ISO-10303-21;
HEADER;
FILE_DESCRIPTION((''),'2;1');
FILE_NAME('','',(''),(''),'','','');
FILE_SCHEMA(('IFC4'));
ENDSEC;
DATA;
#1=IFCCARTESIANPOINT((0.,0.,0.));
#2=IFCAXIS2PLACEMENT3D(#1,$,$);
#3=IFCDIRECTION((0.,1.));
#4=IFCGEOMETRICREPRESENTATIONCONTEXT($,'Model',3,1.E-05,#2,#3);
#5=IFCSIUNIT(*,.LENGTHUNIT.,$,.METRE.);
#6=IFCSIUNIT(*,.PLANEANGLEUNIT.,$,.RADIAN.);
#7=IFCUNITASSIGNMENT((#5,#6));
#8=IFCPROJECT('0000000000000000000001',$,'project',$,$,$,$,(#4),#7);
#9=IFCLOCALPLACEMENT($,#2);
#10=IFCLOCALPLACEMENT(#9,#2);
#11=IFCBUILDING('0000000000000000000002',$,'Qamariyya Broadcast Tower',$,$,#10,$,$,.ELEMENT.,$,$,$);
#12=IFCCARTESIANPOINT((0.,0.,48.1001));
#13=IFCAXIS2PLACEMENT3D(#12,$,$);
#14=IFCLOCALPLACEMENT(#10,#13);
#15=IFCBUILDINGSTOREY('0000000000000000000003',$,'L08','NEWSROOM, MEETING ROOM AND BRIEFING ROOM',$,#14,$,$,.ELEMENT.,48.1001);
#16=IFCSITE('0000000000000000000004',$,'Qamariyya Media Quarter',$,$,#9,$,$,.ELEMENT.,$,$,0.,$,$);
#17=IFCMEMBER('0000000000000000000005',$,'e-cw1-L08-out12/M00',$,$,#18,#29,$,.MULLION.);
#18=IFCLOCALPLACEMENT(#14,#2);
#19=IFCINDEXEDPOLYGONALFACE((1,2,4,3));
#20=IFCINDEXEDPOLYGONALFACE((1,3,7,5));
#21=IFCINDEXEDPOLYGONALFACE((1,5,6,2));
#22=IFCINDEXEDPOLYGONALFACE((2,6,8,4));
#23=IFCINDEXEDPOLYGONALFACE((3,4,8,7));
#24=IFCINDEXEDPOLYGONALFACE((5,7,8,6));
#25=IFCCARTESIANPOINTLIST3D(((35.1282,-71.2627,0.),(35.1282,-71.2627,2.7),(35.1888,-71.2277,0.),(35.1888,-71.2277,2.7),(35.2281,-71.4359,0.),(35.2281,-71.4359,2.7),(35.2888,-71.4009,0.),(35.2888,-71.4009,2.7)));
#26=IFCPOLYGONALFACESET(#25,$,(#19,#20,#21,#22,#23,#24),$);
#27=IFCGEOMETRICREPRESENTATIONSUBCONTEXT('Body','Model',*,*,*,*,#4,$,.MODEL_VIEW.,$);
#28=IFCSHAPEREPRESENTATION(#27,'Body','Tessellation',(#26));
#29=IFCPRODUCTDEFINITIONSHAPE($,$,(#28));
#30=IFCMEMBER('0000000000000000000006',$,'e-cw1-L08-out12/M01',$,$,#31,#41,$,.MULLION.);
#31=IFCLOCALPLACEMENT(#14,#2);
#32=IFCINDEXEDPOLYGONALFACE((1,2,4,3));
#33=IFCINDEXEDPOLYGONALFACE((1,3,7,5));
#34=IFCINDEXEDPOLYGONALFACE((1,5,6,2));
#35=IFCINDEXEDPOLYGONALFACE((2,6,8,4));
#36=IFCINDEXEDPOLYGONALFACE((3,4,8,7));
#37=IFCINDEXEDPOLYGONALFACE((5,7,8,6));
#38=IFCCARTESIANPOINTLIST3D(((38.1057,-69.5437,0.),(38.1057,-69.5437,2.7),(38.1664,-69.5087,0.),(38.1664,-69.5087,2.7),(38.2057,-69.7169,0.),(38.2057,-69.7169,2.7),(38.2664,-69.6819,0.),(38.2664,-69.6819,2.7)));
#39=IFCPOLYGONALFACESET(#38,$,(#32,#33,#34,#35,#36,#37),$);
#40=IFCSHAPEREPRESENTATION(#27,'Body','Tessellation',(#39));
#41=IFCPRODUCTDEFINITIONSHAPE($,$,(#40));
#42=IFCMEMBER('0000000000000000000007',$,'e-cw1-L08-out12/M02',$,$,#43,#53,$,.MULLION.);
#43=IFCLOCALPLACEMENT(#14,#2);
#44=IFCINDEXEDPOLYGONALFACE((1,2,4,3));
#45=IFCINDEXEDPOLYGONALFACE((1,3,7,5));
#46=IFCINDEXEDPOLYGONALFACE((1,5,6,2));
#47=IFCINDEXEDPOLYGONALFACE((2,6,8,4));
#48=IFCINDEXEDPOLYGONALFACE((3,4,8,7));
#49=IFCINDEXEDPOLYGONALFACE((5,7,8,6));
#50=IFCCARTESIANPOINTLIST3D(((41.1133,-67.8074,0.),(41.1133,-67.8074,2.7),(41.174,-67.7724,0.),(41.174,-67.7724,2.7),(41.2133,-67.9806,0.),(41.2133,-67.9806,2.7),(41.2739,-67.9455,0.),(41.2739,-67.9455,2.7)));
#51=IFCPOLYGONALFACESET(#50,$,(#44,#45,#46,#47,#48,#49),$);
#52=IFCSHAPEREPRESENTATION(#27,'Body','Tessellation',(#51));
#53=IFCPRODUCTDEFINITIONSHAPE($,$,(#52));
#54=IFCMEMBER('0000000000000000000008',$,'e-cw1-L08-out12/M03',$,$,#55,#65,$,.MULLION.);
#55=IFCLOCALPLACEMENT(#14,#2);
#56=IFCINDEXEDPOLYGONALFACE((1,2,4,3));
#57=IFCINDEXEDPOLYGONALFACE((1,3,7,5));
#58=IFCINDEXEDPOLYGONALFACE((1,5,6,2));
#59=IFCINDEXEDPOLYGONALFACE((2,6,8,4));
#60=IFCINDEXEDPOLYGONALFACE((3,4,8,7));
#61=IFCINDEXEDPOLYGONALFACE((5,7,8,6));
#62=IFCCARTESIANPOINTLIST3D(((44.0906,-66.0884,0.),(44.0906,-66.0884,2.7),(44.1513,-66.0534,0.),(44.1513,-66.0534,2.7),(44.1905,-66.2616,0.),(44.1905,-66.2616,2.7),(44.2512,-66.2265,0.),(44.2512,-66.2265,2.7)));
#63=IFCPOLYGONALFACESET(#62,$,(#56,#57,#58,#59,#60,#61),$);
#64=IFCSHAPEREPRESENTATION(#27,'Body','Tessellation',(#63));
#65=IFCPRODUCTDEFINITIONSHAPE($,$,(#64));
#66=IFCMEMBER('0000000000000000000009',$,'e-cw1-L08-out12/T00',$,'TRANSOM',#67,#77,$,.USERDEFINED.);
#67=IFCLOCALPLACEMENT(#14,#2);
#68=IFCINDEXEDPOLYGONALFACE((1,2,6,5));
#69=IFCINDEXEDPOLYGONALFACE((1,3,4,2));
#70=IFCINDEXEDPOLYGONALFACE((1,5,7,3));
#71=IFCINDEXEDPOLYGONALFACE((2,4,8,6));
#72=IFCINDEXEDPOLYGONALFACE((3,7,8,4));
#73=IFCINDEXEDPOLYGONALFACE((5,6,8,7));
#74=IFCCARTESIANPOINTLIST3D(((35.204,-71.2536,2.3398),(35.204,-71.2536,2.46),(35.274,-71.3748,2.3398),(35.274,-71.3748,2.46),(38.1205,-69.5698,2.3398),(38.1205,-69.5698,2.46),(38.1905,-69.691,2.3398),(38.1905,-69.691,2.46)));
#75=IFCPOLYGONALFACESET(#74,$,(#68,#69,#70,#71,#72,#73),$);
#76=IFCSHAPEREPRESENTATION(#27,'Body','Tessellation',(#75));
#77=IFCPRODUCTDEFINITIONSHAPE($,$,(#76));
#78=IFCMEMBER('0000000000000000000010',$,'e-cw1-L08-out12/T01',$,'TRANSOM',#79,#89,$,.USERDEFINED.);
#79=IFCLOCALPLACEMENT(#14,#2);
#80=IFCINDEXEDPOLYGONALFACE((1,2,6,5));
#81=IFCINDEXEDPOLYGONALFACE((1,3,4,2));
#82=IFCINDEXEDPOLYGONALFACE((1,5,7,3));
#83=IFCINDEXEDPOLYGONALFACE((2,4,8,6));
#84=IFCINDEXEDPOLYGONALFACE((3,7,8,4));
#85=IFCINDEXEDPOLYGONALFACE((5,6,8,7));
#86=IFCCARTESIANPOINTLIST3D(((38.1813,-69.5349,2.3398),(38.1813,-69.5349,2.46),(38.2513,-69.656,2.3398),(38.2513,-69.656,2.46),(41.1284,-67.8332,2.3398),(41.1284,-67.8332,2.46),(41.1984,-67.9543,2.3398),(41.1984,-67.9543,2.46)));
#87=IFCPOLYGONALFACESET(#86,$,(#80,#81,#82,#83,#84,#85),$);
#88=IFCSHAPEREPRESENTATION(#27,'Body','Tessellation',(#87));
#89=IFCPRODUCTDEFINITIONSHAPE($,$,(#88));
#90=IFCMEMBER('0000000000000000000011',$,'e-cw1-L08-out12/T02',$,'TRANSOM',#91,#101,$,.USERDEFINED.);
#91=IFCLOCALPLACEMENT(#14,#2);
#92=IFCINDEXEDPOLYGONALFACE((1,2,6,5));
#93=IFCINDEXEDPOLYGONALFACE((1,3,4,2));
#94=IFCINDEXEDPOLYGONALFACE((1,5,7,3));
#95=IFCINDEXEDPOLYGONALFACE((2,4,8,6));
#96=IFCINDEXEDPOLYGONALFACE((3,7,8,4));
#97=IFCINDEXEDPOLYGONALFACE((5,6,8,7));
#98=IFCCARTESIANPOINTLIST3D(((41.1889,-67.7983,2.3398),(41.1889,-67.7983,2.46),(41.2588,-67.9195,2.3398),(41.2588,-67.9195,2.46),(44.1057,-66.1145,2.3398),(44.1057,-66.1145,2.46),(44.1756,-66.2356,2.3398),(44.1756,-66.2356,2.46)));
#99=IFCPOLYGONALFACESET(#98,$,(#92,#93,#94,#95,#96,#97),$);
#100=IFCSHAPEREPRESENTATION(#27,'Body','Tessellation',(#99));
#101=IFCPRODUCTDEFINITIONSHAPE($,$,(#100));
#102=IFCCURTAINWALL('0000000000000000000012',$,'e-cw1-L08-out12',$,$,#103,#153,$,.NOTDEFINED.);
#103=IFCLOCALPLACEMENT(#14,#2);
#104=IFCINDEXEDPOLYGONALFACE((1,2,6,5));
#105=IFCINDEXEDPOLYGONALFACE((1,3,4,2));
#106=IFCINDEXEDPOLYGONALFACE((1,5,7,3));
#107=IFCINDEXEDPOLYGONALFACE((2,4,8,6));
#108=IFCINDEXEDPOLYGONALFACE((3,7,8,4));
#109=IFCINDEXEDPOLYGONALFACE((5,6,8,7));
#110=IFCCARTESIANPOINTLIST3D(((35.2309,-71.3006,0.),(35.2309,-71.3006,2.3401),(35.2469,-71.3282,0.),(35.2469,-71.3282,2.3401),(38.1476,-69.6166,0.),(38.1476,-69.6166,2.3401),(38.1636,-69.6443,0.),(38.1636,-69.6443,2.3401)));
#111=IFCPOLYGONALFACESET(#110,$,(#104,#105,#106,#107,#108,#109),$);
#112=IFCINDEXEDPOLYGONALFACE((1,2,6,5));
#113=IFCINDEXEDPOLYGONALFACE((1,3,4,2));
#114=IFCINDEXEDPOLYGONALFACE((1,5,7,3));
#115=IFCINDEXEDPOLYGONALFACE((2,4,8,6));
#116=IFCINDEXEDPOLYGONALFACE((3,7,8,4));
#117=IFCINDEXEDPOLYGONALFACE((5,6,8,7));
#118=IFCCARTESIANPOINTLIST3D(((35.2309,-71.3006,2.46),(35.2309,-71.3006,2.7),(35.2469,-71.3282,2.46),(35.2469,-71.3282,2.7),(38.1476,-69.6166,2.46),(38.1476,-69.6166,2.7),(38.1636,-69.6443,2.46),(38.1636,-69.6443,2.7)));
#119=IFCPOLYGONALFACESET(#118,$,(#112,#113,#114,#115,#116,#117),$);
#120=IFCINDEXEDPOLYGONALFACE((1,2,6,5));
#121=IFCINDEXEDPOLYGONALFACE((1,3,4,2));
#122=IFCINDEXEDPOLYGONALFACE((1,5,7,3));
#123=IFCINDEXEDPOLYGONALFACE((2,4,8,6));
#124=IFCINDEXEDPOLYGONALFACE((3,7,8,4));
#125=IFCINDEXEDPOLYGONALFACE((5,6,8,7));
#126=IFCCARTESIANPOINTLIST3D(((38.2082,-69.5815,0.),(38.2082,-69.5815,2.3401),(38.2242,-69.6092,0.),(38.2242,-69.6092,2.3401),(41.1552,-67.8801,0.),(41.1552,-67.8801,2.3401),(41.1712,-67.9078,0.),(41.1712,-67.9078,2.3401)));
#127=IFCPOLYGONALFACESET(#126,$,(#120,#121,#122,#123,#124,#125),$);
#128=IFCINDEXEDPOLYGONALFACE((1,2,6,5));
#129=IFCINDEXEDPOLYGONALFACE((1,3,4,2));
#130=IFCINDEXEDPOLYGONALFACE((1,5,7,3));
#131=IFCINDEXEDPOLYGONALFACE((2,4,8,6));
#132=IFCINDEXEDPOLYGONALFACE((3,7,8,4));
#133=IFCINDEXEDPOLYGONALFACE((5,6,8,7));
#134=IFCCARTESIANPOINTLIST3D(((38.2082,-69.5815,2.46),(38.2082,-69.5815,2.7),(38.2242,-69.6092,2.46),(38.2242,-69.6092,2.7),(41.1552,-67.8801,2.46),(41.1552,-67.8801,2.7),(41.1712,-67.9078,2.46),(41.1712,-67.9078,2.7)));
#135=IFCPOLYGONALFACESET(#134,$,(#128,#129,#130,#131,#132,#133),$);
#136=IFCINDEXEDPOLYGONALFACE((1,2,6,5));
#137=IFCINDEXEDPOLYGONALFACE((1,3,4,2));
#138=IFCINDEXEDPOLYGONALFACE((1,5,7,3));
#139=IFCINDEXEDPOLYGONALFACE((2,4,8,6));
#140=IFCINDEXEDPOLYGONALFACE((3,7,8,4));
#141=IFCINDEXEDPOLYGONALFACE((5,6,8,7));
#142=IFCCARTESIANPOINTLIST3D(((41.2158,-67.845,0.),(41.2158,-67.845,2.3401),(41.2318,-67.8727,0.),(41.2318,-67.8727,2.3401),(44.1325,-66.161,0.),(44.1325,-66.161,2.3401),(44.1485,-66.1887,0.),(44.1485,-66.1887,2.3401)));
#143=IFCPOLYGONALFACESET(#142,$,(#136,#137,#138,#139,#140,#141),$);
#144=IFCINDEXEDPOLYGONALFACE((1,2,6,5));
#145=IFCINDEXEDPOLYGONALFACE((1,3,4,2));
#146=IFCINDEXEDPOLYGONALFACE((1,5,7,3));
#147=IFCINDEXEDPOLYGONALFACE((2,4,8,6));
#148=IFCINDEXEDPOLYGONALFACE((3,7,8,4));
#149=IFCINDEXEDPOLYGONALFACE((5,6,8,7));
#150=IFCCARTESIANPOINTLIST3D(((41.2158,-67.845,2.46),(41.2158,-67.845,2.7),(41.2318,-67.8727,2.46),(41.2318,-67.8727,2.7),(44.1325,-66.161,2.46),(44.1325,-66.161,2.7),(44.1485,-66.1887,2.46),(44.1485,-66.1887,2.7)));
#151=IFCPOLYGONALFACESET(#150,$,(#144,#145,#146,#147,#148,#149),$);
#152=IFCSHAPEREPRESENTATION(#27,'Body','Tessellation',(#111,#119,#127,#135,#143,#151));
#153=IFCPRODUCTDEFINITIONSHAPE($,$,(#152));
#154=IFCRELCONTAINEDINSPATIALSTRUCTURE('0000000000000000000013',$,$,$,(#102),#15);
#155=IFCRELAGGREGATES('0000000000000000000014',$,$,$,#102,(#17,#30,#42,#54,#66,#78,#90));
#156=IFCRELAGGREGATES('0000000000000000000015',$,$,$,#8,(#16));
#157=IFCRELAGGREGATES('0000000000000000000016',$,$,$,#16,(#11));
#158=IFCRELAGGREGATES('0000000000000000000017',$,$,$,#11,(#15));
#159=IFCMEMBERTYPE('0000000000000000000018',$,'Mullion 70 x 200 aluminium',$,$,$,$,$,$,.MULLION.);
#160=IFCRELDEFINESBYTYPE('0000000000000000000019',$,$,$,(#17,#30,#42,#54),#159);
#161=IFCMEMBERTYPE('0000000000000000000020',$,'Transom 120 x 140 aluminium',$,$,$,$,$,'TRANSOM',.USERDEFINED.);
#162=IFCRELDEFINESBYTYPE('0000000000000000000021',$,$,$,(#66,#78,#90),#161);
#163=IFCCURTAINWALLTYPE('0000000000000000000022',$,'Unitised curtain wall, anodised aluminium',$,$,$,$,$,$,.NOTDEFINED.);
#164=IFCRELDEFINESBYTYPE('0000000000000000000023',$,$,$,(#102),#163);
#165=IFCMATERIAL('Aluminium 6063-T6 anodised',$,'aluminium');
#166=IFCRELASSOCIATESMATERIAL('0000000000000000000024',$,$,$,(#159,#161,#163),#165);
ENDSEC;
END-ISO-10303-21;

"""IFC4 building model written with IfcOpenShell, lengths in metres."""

from ifc_helpers import new_model, si_unit, direction, frame, origin, origin_2d, place, context, subcontext, project, spatial, rectangle, extrude, material, material_profile, profile_set, type_object, element, aggregate, save


model = new_model("IFC4")

# Units and contexts
model_context = context("Model", 3, precision=1e-05, world=origin(), true_north=direction((0.0, 1.0)))
body_context = subcontext(model_context, "Body", "Model", "MODEL_VIEW")
ifc_project = project(units=[si_unit("LENGTHUNIT", "METRE"), si_unit("PLANEANGLEUNIT", "RADIAN")], contexts=[model_context])

# Members
ifc_material = material(Name="Aluminium 6063-T6 anodised", Category="aluminium")
ifc_material_profile_1 = material_profile(ifc_material, rectangle(XDim=0.2, YDim=0.0701, at=origin_2d()))
ifc_profile_set_1 = profile_set([ifc_material_profile_1], Name="Aluminium 6063-T6 anodised")
member_type_1 = type_object("IfcMemberType", Name="Mullion 70 x 200 aluminium", PredefinedType="MULLION", material=ifc_profile_set_1)
site_placement = place(None, origin())
building_placement = place(site_placement, origin())
storey_placement = place(building_placement, frame((0.0, 0.0, 48.1001)))
member_1_placement = place(storey_placement, frame((35.2085, -71.3318, 0.0), z_axis=(0.0, 0.0, 1.0), x_axis=(-0.5, 0.866025, 0.0)))
member_1 = element("IfcMember", 1, at=member_1_placement, type_object=member_type_1, Name="e-cw1-L08-out12/M00", PredefinedType="MULLION", context=body_context, shape_type="SweptSolid", body=[
    extrude(rectangle(XDim=0.2, YDim=0.0701, at=origin_2d()), origin(), (0.0, 0.0, 1.0), 2.7),
])
member_2_placement = place(storey_placement, frame((38.186, -69.6128, 0.0), z_axis=(0.0, 0.0, 1.0), x_axis=(-0.5, 0.866025, 0.0)))
member_2 = element("IfcMember", 2, at=member_2_placement, type_object=member_type_1, Name="e-cw1-L08-out12/M01", PredefinedType="MULLION", context=body_context, shape_type="SweptSolid", body=[
    extrude(rectangle(XDim=0.2, YDim=0.0701, at=origin_2d()), origin(), (0.0, 0.0, 1.0), 2.7),
])
member_3_placement = place(storey_placement, frame((41.1936, -67.8765, 0.0), z_axis=(0.0, 0.0, 1.0), x_axis=(-0.5, 0.866025, 0.0)))
member_3 = element("IfcMember", 3, at=member_3_placement, type_object=member_type_1, Name="e-cw1-L08-out12/M02", PredefinedType="MULLION", context=body_context, shape_type="SweptSolid", body=[
    extrude(rectangle(XDim=0.2, YDim=0.0701, at=origin_2d()), origin(), (0.0, 0.0, 1.0), 2.7),
])
member_4_placement = place(storey_placement, frame((44.1709, -66.1575, 0.0), z_axis=(0.0, 0.0, 1.0), x_axis=(-0.5, 0.866025, 0.0)))
member_4 = element("IfcMember", 4, at=member_4_placement, type_object=member_type_1, Name="e-cw1-L08-out12/M03", PredefinedType="MULLION", context=body_context, shape_type="SweptSolid", body=[
    extrude(rectangle(XDim=0.2, YDim=0.0701, at=origin_2d()), origin(), (0.0, 0.0, 1.0), 2.7),
])
ifc_material_profile_2 = material_profile(ifc_material, rectangle(XDim=0.1399, YDim=0.1201, at=origin_2d()))
ifc_profile_set_2 = profile_set([ifc_material_profile_2], Name="Aluminium 6063-T6 anodised")
member_type_2 = type_object("IfcMemberType", Name="Transom 120 x 140 aluminium", ElementType="TRANSOM", PredefinedType="USERDEFINED", material=ifc_profile_set_2)
member_5_placement = place(storey_placement, frame((35.239, -71.3142, 2.3999), z_axis=(0.866026, 0.499999, 0.0), x_axis=(-0.499999, 0.866026, 0.0)))
member_5 = element("IfcMember", 5, at=member_5_placement, type_object=member_type_2, Name="e-cw1-L08-out12/T00", ObjectType="TRANSOM", PredefinedType="USERDEFINED", context=body_context, shape_type="SweptSolid", body=[
    extrude(rectangle(XDim=0.1399, YDim=0.1201, at=origin_2d()), origin(), (0.0, 0.0, 1.0), 3.3677),
])
member_6_placement = place(storey_placement, frame((38.2163, -69.5955, 2.3999), z_axis=(0.866, 0.500043, 0.0), x_axis=(-0.500043, 0.866, 0.0)))
member_6 = element("IfcMember", 6, at=member_6_placement, type_object=member_type_2, Name="e-cw1-L08-out12/T01", ObjectType="TRANSOM", PredefinedType="USERDEFINED", context=body_context, shape_type="SweptSolid", body=[
    extrude(rectangle(XDim=0.1399, YDim=0.1201, at=origin_2d()), origin(), (0.0, 0.0, 1.0), 3.4031),
])
member_7_placement = place(storey_placement, frame((41.2239, -67.8589, 2.3999), z_axis=(0.866044, 0.499967, 0.0), x_axis=(-0.499967, 0.866044, 0.0)))
member_7 = element("IfcMember", 7, at=member_7_placement, type_object=member_type_2, Name="e-cw1-L08-out12/T02", ObjectType="TRANSOM", PredefinedType="USERDEFINED", context=body_context, shape_type="SweptSolid", body=[
    extrude(rectangle(XDim=0.1399, YDim=0.1201, at=origin_2d()), origin(), (0.0, 0.0, 1.0), 3.3679),
])

# Site, building, storey
site = spatial("IfcSite", under=ifc_project, at=site_placement, Name="Qamariyya Media Quarter", CompositionType="ELEMENT", RefElevation=0.0)
building = spatial("IfcBuilding", under=site, at=building_placement, Name="Qamariyya Broadcast Tower", CompositionType="ELEMENT")
storey = spatial("IfcBuildingStorey", under=building, at=storey_placement, Name="L08", Description="NEWSROOM, MEETING ROOM AND BRIEFING ROOM", CompositionType="ELEMENT", Elevation=48.1001)

# Curtain wall
curtain_wall_type = type_object("IfcCurtainWallType", Name="Unitised curtain wall, anodised aluminium", PredefinedType="NOTDEFINED", material=ifc_material)
curtain_wall_1_placement = place(storey_placement, origin())
curtain_wall_1 = element("IfcCurtainWall", 8, at=curtain_wall_1_placement, inside=storey, type_object=curtain_wall_type, Name="e-cw1-L08-out12", PredefinedType="NOTDEFINED", context=body_context, shape_type="SweptSolid", body=[
    extrude(rectangle(XDim=3.3679, YDim=0.032, at=origin_2d()), frame((36.6973, -70.4724, 0.0), x_axis=(0.866022, 0.500005, 0.0)), (0.0, 0.0, 1.0), 2.3401),
    extrude(rectangle(XDim=3.3679, YDim=0.032, at=origin_2d()), frame((36.6973, -70.4724, 2.46), x_axis=(0.866022, 0.500005, 0.0)), (0.0, 0.0, 1.0), 0.24),
    extrude(rectangle(XDim=3.4028, YDim=0.032, at=origin_2d()), frame((39.6897, -68.7446, 0.0), x_axis=(0.866022, 0.500005, 0.0)), (0.0, 0.0, 1.0), 2.3401),
    extrude(rectangle(XDim=3.4028, YDim=0.032, at=origin_2d()), frame((39.6897, -68.7446, 2.46), x_axis=(0.866022, 0.500005, 0.0)), (0.0, 0.0, 1.0), 0.24),
    extrude(rectangle(XDim=3.3679, YDim=0.032, at=origin_2d()), frame((42.6821, -67.0168, 0.0), x_axis=(0.866022, 0.500005, 0.0)), (0.0, 0.0, 1.0), 2.3401),
    extrude(rectangle(XDim=3.3679, YDim=0.032, at=origin_2d()), frame((42.6821, -67.0168, 2.46), x_axis=(0.866022, 0.500005, 0.0)), (0.0, 0.0, 1.0), 0.24),
])
aggregate(curtain_wall_1, [member_1, member_2, member_3, member_4, member_5, member_6, member_7])

save(model, "model.ifc")
